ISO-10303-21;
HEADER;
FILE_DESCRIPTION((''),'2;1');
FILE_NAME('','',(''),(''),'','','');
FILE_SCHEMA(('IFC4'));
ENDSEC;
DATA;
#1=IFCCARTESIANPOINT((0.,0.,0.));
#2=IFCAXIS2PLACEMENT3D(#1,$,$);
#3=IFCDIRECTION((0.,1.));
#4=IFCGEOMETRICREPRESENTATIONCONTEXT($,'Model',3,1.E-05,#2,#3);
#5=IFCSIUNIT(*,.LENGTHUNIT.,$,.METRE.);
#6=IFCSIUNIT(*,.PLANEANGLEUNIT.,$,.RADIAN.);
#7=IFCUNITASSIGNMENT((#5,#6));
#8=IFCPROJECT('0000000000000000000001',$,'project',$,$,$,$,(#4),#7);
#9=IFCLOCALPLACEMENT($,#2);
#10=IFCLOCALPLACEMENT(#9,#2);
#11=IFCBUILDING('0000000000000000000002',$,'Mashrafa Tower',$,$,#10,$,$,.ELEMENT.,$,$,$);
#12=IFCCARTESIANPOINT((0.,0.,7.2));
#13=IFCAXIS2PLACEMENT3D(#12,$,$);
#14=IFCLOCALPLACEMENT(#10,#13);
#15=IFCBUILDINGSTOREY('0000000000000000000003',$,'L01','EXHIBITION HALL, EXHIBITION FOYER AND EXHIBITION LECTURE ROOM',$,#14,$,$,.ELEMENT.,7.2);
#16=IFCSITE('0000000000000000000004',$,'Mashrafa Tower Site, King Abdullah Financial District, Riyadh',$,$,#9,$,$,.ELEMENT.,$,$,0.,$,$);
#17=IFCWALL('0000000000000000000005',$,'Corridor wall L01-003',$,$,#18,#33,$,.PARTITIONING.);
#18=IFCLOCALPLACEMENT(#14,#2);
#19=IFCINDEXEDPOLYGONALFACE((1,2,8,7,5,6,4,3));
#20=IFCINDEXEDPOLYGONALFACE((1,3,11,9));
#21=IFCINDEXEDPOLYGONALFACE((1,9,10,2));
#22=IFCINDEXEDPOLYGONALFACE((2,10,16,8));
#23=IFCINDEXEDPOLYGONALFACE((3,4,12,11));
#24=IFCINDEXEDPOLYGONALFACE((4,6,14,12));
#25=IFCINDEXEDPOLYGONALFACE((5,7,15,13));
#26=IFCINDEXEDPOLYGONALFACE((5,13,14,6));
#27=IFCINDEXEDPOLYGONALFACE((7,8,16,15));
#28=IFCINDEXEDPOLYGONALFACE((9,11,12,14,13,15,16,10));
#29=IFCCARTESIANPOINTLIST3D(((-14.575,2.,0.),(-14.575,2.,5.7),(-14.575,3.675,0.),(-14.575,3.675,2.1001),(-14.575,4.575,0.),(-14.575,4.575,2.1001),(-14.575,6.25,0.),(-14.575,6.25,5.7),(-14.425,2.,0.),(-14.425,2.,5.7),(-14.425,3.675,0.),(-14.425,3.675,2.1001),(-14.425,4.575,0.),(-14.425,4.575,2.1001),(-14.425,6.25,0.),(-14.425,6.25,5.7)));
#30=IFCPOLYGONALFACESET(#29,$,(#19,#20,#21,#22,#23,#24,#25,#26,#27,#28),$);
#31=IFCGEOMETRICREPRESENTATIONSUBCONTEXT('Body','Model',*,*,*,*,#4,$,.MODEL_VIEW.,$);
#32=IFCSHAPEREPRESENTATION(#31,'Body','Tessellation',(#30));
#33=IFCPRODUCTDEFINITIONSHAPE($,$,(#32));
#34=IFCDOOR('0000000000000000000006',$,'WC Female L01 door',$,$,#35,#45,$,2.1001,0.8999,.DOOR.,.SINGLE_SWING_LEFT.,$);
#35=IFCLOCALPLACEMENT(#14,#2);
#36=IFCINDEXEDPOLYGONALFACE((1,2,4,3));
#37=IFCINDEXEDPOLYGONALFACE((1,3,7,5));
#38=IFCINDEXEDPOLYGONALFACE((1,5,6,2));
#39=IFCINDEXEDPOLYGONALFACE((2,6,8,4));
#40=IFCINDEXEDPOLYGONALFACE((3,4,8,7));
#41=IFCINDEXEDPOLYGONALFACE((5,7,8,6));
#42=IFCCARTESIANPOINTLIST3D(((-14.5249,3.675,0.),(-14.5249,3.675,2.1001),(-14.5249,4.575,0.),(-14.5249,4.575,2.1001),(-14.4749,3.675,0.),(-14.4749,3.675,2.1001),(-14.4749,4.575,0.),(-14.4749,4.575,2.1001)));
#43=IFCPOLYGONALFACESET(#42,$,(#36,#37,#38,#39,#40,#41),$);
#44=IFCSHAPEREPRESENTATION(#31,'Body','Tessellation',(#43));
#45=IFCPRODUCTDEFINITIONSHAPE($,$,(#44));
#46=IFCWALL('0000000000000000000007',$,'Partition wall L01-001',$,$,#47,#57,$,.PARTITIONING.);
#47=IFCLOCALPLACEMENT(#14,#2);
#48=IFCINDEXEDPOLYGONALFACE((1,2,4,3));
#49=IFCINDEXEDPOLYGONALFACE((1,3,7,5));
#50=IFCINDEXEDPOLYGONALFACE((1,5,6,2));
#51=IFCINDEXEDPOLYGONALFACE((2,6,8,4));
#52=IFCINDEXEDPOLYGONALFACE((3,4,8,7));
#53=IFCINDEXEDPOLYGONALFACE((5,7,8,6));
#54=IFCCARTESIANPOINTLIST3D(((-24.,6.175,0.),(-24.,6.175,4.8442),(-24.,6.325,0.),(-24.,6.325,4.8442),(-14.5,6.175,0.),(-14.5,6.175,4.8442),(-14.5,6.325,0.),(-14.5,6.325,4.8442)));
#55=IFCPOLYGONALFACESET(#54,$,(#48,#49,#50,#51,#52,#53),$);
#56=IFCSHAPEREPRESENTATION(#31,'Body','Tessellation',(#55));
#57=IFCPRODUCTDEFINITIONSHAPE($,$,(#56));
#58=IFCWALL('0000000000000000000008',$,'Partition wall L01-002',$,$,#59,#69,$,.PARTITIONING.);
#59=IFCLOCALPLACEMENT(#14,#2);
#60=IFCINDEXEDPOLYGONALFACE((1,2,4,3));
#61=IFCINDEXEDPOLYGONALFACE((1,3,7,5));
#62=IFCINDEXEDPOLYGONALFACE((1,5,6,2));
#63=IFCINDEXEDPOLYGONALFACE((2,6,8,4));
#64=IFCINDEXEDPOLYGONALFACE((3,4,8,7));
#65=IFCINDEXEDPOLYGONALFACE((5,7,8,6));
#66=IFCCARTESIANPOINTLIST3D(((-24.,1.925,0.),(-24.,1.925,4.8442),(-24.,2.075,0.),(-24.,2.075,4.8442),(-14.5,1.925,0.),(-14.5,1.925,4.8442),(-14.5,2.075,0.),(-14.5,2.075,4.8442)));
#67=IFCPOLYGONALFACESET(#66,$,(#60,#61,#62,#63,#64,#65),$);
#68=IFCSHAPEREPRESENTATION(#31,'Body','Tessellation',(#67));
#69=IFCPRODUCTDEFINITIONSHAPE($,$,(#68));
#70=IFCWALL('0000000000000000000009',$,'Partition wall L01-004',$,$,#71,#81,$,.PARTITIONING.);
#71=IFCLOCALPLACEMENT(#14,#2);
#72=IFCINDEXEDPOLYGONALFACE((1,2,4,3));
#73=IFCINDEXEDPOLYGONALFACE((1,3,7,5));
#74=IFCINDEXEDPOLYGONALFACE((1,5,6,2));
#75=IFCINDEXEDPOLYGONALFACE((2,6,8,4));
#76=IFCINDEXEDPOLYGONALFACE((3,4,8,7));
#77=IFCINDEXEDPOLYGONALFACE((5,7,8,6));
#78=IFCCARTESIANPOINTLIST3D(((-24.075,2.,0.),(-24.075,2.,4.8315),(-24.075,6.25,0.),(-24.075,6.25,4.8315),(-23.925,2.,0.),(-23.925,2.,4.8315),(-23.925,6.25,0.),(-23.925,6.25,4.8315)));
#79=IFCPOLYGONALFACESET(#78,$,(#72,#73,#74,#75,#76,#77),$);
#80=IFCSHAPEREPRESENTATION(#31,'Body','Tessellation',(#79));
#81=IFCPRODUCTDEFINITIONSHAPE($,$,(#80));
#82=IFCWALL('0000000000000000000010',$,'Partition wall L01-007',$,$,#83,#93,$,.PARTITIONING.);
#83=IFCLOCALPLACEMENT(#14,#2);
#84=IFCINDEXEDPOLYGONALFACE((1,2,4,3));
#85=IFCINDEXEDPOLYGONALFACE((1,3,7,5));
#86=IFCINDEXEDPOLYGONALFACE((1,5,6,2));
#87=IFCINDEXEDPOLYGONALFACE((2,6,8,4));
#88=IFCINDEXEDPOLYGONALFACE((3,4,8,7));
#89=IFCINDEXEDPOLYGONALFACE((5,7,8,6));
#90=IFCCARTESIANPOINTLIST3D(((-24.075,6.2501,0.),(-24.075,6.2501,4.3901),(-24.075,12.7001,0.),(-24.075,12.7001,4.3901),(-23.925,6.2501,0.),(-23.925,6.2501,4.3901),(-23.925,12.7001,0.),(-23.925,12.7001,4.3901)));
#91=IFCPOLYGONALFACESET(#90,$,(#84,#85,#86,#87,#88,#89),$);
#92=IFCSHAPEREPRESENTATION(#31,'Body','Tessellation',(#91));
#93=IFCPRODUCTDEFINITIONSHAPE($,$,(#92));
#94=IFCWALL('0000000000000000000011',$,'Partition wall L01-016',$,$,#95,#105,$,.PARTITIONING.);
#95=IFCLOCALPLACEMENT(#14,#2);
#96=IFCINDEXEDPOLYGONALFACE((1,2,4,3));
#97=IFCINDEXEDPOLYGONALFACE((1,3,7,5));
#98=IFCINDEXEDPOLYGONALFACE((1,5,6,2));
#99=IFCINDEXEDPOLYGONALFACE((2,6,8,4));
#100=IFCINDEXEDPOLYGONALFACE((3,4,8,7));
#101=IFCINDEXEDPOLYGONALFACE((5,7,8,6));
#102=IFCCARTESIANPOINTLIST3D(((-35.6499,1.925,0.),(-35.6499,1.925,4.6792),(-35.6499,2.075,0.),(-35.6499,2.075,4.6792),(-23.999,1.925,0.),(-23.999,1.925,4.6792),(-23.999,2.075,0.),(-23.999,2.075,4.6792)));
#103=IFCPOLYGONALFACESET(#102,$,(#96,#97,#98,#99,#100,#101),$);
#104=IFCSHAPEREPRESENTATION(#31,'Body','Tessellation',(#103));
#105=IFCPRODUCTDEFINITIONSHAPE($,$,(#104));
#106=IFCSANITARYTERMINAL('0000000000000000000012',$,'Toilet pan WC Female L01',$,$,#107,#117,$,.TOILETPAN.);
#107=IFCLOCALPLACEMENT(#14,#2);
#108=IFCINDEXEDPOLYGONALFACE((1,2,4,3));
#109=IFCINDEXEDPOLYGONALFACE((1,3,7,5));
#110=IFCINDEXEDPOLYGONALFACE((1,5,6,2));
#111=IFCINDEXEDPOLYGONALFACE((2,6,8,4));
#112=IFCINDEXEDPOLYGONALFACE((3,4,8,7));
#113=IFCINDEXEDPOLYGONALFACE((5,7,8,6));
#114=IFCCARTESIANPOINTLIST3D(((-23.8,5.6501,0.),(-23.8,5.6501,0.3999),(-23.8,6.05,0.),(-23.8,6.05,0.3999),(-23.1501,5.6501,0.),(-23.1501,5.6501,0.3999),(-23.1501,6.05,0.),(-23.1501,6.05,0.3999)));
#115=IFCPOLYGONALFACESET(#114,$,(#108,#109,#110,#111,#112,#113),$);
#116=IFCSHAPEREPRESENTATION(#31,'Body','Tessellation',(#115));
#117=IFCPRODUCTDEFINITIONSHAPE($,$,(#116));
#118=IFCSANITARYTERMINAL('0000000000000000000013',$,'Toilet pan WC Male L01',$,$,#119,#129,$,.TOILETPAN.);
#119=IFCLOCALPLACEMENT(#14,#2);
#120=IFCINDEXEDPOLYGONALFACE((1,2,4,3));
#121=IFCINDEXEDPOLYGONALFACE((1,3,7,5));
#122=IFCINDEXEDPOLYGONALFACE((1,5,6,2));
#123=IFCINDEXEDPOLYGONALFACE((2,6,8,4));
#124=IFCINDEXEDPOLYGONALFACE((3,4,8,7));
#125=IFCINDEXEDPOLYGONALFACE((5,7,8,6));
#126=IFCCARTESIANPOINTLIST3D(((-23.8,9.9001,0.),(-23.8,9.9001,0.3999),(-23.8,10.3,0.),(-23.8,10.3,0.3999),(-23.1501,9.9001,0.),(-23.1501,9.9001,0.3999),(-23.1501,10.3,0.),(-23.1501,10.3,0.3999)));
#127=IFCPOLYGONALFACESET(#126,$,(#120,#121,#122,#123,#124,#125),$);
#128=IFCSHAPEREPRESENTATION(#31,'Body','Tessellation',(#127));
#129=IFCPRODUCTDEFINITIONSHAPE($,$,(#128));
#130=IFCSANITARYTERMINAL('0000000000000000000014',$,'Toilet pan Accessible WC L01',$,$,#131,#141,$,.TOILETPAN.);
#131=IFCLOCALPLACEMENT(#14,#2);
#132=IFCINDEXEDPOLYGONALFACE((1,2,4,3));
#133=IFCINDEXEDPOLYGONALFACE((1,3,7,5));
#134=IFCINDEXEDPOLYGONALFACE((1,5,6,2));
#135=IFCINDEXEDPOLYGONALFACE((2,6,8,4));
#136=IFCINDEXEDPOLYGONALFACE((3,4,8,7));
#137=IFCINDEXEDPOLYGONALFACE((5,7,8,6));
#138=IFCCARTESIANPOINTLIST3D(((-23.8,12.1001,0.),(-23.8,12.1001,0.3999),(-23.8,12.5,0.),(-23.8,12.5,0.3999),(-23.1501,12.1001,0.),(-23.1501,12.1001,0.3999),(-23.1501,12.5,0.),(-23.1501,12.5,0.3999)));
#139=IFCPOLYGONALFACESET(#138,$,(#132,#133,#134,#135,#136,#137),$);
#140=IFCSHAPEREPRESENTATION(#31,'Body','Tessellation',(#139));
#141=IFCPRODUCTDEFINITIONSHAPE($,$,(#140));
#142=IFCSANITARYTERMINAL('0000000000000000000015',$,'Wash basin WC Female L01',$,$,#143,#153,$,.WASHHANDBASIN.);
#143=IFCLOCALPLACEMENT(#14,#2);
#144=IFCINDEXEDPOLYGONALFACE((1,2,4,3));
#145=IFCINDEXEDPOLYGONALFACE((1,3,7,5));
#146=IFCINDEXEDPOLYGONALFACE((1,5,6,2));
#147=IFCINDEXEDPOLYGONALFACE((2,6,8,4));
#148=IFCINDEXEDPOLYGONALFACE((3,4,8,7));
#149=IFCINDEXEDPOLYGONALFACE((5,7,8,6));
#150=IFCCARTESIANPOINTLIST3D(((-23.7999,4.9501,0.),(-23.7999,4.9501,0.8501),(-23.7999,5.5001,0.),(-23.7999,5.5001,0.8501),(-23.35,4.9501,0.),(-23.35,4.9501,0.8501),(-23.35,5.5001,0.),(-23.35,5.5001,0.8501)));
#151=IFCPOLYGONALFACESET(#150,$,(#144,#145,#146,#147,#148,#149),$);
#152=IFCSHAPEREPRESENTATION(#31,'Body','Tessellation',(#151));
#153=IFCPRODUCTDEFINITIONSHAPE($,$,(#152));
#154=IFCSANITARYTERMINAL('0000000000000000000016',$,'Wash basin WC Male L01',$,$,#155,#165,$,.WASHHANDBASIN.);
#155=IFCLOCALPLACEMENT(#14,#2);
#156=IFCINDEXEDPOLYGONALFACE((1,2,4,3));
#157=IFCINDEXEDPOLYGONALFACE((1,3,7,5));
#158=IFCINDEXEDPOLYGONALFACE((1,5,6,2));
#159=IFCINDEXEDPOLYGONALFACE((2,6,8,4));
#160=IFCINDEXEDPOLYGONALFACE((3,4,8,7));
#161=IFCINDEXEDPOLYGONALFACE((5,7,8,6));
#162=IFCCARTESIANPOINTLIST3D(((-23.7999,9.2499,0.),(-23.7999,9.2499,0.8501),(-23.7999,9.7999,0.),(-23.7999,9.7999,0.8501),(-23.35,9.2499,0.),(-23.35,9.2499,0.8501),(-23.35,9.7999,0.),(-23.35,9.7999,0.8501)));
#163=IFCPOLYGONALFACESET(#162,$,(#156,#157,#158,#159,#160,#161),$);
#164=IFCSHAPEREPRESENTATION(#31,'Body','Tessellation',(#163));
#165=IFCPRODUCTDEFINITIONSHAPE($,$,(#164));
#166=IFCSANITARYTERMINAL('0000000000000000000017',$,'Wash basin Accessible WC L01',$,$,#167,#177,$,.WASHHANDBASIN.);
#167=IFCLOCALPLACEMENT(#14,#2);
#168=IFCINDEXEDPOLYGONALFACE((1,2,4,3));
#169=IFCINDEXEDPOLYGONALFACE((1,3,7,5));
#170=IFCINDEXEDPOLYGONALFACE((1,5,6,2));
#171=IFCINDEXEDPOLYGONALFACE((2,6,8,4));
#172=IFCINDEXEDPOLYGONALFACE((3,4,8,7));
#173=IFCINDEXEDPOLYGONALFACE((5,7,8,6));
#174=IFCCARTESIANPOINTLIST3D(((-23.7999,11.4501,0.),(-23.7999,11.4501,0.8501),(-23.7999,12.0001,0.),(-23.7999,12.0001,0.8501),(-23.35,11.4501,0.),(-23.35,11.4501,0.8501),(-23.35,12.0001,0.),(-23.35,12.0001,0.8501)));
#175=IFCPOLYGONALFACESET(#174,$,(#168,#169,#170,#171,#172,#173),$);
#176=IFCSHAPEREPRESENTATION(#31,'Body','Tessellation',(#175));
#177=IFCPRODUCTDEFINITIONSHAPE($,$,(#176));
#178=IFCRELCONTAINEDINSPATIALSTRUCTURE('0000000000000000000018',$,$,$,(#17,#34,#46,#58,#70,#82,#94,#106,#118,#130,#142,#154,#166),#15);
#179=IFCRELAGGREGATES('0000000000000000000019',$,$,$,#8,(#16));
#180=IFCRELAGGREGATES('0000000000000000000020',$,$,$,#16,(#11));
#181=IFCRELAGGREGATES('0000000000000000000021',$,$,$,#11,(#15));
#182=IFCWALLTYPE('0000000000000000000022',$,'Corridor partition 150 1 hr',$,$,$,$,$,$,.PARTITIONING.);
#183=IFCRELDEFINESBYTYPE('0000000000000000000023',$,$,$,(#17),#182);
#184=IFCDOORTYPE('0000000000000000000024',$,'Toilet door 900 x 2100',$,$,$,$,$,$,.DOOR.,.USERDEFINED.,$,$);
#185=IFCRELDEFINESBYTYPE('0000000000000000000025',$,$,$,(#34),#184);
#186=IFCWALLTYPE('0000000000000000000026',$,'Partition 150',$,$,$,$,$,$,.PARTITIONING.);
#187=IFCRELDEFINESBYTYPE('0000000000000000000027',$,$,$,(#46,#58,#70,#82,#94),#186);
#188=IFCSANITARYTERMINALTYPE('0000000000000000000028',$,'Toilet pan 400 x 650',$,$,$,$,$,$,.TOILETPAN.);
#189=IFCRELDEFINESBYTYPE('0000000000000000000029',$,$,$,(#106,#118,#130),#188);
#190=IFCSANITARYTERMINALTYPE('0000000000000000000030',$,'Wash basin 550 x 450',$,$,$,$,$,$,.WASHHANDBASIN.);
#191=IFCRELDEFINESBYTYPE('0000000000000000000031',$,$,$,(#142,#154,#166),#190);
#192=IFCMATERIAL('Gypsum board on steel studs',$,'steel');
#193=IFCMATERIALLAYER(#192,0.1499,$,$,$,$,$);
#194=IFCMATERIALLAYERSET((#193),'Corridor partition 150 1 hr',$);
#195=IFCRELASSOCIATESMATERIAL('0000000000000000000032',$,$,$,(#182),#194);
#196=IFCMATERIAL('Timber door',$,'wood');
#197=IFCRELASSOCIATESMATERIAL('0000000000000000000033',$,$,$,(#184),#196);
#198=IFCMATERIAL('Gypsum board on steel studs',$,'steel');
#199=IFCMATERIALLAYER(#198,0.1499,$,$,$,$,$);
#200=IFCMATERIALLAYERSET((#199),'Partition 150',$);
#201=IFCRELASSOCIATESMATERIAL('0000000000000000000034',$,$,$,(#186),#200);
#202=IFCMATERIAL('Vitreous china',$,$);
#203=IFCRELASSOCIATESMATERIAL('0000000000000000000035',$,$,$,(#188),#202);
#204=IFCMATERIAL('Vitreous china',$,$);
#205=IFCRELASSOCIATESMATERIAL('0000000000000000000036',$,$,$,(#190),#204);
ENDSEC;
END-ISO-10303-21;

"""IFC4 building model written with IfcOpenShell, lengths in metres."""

from ifc_helpers import new_model, si_unit, direction, frame, frame_2d, origin, origin_2d, place, context, subcontext, project, spatial, rectangle, extrude, material, layer, layer_set, type_object, element, fill, save


model = new_model("IFC4")

# Units and contexts
model_context = context("Model", 3, precision=1e-05, world=origin(), true_north=direction((0.0, 1.0)))
body_context = subcontext(model_context, "Body", "Model", "MODEL_VIEW")
ifc_project = project(units=[si_unit("LENGTHUNIT", "METRE"), si_unit("PLANEANGLEUNIT", "RADIAN")], contexts=[model_context])

# Site, building, storey
site_placement = place(None, origin())
site = spatial("IfcSite", under=ifc_project, at=site_placement, Name="Mashrafa Tower Site, King Abdullah Financial District, Riyadh", CompositionType="ELEMENT", RefElevation=0.0)
building_placement = place(site_placement, origin())
building = spatial("IfcBuilding", under=site, at=building_placement, Name="Mashrafa Tower", CompositionType="ELEMENT")
storey_placement = place(building_placement, frame((0.0, 0.0, 7.2)))
storey = spatial("IfcBuildingStorey", under=building, at=storey_placement, Name="L01", Description="EXHIBITION HALL, EXHIBITION FOYER AND EXHIBITION LECTURE ROOM", CompositionType="ELEMENT", Elevation=7.2)

# Wall, opening, door
ifc_material_1 = material(Name="Gypsum board on steel studs", Category="steel")
ifc_layer_1 = layer(ifc_material_1, 0.1499)
ifc_layer_set_1 = layer_set([ifc_layer_1], Name="Corridor partition 150 1 hr")
wall_type_1 = type_object("IfcWallType", Name="Corridor partition 150 1 hr", PredefinedType="PARTITIONING", material=ifc_layer_set_1)
wall_1_placement = place(storey_placement, frame((-14.5, 2.0, 0.0), z_axis=(0.0, 0.0, 1.0), x_axis=(0.0, 1.0, 0.0)))
wall_1 = element("IfcWall", 1, at=wall_1_placement, inside=storey, type_object=wall_type_1, Name="Corridor wall L01-003", PredefinedType="PARTITIONING", context=body_context, shape_type="SweptSolid", body=[
    extrude(rectangle(XDim=4.25, YDim=0.1499, at=frame_2d((2.125, 0.0))), origin(), (0.0, 0.0, 1.0), 5.7),
])
opening_placement = place(wall_1_placement, frame((1.675, 0.0, 0.0)))
opening = element("IfcOpeningElement", 2, at=opening_placement, cuts=wall_1, PredefinedType="OPENING", context=body_context, shape_type="SweptSolid", body=[
    extrude(rectangle(XDim=0.8999, YDim=2.1001, at=frame_2d((0.45, 1.05))), frame((0.0, 0.085, 0.0), z_axis=(0.0, -1.0, 0.0), x_axis=(1.0, 0.0, 0.0)), (0.0, 0.0, 1.0), 0.1699),
])
ifc_material_2 = material(Name="Timber door", Category="wood")
door_type = type_object("IfcDoorType", Name="Toilet door 900 x 2100", OperationType="USERDEFINED", PredefinedType="DOOR", material=ifc_material_2)
door_placement = place(opening_placement, origin())
door = element("IfcDoor", 3, at=door_placement, inside=storey, type_object=door_type, Name="WC Female L01 door", OperationType="SINGLE_SWING_LEFT", OverallHeight=2.1001, OverallWidth=0.8999, PredefinedType="DOOR", context=body_context, shape_type="SweptSolid", body=[
    extrude(rectangle(XDim=0.8999, YDim=2.1001, at=frame_2d((0.45, 1.05))), frame((0.0, 0.0249, 0.0), z_axis=(0.0, -1.0, 0.0), x_axis=(1.0, 0.0, 0.0)), (0.0, 0.0, 1.0), 0.05),
])
fill(opening, door)

# Walls
ifc_material_3 = material(Name="Gypsum board on steel studs", Category="steel")
ifc_layer_2 = layer(ifc_material_3, 0.1499)
ifc_layer_set_2 = layer_set([ifc_layer_2], Name="Partition 150")
wall_type_2 = type_object("IfcWallType", Name="Partition 150", PredefinedType="PARTITIONING", material=ifc_layer_set_2)
for number, where, z_axis, x_axis, name in (
    (4, (-14.5, 6.25, 0.0), (0.0, 0.0, 1.0), (-1.0, 0.0, 0.0), "Partition wall L01-001"),
    (5, (-24.0, 2.0, 0.0), (0.0, 0.0, 1.0), (1.0, 0.0, 0.0), "Partition wall L01-002"),
):
    element("IfcWall", number, at=place(storey_placement, frame(where, z_axis=z_axis, x_axis=x_axis)), inside=storey, type_object=wall_type_2, Name=name, PredefinedType="PARTITIONING", context=body_context, shape_type="SweptSolid", body=[
        extrude(rectangle(XDim=9.5, YDim=0.1499, at=frame_2d((4.75, 0.0))), origin(), (0.0, 0.0, 1.0), 4.8442),
    ])
wall_2_placement = place(storey_placement, frame((-24.0, 6.25, 0.0), z_axis=(0.0, 0.0, 1.0), x_axis=(0.0, -1.0, 0.0)))
element("IfcWall", 6, at=wall_2_placement, inside=storey, type_object=wall_type_2, Name="Partition wall L01-004", PredefinedType="PARTITIONING", context=body_context, shape_type="SweptSolid", body=[
    extrude(rectangle(XDim=4.25, YDim=0.1499, at=frame_2d((2.125, 0.0))), origin(), (0.0, 0.0, 1.0), 4.8315),
])
wall_3_placement = place(storey_placement, frame((-24.0, 6.25, 0.0), z_axis=(0.0, 0.0, 1.0), x_axis=(0.0, 1.0, 0.0)))
element("IfcWall", 7, at=wall_3_placement, inside=storey, type_object=wall_type_2, Name="Partition wall L01-007", PredefinedType="PARTITIONING", context=body_context, shape_type="SweptSolid", body=[
    extrude(rectangle(XDim=6.45, YDim=0.1499, at=frame_2d((3.2251, 0.0))), origin(), (0.0, 0.0, 1.0), 4.3901),
])
wall_4_placement = place(storey_placement, frame((-23.999, 2.0, 0.0), z_axis=(0.0, 0.0, 1.0), x_axis=(-1.0, 0.0, 0.0)))
element("IfcWall", 8, at=wall_4_placement, inside=storey, type_object=wall_type_2, Name="Partition wall L01-016", PredefinedType="PARTITIONING", context=body_context, shape_type="SweptSolid", body=[
    extrude(rectangle(XDim=11.6509, YDim=0.1499, at=frame_2d((5.8254, 0.0))), origin(), (0.0, 0.0, 1.0), 4.6792),
])

# Sanitary terminals
ifc_material_4 = material(Name="Vitreous china")
sanitary_terminal_type_1 = type_object("IfcSanitaryTerminalType", Name="Toilet pan 400 x 650", PredefinedType="TOILETPAN", material=ifc_material_4)
for number, where, z_axis, x_axis, name in (
    (9, (-23.4751, 5.8501, 0.0), (0.0, 0.0, 1.0), (0.0, -1.0, 0.0), "Toilet pan WC Female L01"),
    (10, (-23.4751, 10.1001, 0.0), (0.0, 0.0, 1.0), (0.0, -1.0, 0.0), "Toilet pan WC Male L01"),
    (11, (-23.4751, 12.3, 0.0), (0.0, 0.0, 1.0), (0.0, -1.0, 0.0), "Toilet pan Accessible WC L01"),
):
    element("IfcSanitaryTerminal", number, at=place(storey_placement, frame(where, z_axis=z_axis, x_axis=x_axis)), inside=storey, type_object=sanitary_terminal_type_1, Name=name, PredefinedType="TOILETPAN", context=body_context, shape_type="SweptSolid", body=[
        extrude(rectangle(XDim=0.3999, YDim=0.6499, at=origin_2d()), origin(), (0.0, 0.0, 1.0), 0.3999),
    ])
ifc_material_5 = material(Name="Vitreous china")
sanitary_terminal_type_2 = type_object("IfcSanitaryTerminalType", Name="Wash basin 550 x 450", PredefinedType="WASHHANDBASIN", material=ifc_material_5)
for number, where, z_axis, x_axis, name in (
    (12, (-23.575, 5.2251, 0.0), (0.0, 0.0, 1.0), (0.0, -1.0, 0.0), "Wash basin WC Female L01"),
    (13, (-23.575, 9.5249, 0.0), (0.0, 0.0, 1.0), (0.0, -1.0, 0.0), "Wash basin WC Male L01"),
    (14, (-23.575, 11.7251, 0.0), (0.0, 0.0, 1.0), (0.0, -1.0, 0.0), "Wash basin Accessible WC L01"),
):
    element("IfcSanitaryTerminal", number, at=place(storey_placement, frame(where, z_axis=z_axis, x_axis=x_axis)), inside=storey, type_object=sanitary_terminal_type_2, Name=name, PredefinedType="WASHHANDBASIN", context=body_context, shape_type="SweptSolid", body=[
        extrude(rectangle(XDim=0.55, YDim=0.45, at=origin_2d()), origin(), (0.0, 0.0, 1.0), 0.8501),
    ])

save(model, "model.ifc")
